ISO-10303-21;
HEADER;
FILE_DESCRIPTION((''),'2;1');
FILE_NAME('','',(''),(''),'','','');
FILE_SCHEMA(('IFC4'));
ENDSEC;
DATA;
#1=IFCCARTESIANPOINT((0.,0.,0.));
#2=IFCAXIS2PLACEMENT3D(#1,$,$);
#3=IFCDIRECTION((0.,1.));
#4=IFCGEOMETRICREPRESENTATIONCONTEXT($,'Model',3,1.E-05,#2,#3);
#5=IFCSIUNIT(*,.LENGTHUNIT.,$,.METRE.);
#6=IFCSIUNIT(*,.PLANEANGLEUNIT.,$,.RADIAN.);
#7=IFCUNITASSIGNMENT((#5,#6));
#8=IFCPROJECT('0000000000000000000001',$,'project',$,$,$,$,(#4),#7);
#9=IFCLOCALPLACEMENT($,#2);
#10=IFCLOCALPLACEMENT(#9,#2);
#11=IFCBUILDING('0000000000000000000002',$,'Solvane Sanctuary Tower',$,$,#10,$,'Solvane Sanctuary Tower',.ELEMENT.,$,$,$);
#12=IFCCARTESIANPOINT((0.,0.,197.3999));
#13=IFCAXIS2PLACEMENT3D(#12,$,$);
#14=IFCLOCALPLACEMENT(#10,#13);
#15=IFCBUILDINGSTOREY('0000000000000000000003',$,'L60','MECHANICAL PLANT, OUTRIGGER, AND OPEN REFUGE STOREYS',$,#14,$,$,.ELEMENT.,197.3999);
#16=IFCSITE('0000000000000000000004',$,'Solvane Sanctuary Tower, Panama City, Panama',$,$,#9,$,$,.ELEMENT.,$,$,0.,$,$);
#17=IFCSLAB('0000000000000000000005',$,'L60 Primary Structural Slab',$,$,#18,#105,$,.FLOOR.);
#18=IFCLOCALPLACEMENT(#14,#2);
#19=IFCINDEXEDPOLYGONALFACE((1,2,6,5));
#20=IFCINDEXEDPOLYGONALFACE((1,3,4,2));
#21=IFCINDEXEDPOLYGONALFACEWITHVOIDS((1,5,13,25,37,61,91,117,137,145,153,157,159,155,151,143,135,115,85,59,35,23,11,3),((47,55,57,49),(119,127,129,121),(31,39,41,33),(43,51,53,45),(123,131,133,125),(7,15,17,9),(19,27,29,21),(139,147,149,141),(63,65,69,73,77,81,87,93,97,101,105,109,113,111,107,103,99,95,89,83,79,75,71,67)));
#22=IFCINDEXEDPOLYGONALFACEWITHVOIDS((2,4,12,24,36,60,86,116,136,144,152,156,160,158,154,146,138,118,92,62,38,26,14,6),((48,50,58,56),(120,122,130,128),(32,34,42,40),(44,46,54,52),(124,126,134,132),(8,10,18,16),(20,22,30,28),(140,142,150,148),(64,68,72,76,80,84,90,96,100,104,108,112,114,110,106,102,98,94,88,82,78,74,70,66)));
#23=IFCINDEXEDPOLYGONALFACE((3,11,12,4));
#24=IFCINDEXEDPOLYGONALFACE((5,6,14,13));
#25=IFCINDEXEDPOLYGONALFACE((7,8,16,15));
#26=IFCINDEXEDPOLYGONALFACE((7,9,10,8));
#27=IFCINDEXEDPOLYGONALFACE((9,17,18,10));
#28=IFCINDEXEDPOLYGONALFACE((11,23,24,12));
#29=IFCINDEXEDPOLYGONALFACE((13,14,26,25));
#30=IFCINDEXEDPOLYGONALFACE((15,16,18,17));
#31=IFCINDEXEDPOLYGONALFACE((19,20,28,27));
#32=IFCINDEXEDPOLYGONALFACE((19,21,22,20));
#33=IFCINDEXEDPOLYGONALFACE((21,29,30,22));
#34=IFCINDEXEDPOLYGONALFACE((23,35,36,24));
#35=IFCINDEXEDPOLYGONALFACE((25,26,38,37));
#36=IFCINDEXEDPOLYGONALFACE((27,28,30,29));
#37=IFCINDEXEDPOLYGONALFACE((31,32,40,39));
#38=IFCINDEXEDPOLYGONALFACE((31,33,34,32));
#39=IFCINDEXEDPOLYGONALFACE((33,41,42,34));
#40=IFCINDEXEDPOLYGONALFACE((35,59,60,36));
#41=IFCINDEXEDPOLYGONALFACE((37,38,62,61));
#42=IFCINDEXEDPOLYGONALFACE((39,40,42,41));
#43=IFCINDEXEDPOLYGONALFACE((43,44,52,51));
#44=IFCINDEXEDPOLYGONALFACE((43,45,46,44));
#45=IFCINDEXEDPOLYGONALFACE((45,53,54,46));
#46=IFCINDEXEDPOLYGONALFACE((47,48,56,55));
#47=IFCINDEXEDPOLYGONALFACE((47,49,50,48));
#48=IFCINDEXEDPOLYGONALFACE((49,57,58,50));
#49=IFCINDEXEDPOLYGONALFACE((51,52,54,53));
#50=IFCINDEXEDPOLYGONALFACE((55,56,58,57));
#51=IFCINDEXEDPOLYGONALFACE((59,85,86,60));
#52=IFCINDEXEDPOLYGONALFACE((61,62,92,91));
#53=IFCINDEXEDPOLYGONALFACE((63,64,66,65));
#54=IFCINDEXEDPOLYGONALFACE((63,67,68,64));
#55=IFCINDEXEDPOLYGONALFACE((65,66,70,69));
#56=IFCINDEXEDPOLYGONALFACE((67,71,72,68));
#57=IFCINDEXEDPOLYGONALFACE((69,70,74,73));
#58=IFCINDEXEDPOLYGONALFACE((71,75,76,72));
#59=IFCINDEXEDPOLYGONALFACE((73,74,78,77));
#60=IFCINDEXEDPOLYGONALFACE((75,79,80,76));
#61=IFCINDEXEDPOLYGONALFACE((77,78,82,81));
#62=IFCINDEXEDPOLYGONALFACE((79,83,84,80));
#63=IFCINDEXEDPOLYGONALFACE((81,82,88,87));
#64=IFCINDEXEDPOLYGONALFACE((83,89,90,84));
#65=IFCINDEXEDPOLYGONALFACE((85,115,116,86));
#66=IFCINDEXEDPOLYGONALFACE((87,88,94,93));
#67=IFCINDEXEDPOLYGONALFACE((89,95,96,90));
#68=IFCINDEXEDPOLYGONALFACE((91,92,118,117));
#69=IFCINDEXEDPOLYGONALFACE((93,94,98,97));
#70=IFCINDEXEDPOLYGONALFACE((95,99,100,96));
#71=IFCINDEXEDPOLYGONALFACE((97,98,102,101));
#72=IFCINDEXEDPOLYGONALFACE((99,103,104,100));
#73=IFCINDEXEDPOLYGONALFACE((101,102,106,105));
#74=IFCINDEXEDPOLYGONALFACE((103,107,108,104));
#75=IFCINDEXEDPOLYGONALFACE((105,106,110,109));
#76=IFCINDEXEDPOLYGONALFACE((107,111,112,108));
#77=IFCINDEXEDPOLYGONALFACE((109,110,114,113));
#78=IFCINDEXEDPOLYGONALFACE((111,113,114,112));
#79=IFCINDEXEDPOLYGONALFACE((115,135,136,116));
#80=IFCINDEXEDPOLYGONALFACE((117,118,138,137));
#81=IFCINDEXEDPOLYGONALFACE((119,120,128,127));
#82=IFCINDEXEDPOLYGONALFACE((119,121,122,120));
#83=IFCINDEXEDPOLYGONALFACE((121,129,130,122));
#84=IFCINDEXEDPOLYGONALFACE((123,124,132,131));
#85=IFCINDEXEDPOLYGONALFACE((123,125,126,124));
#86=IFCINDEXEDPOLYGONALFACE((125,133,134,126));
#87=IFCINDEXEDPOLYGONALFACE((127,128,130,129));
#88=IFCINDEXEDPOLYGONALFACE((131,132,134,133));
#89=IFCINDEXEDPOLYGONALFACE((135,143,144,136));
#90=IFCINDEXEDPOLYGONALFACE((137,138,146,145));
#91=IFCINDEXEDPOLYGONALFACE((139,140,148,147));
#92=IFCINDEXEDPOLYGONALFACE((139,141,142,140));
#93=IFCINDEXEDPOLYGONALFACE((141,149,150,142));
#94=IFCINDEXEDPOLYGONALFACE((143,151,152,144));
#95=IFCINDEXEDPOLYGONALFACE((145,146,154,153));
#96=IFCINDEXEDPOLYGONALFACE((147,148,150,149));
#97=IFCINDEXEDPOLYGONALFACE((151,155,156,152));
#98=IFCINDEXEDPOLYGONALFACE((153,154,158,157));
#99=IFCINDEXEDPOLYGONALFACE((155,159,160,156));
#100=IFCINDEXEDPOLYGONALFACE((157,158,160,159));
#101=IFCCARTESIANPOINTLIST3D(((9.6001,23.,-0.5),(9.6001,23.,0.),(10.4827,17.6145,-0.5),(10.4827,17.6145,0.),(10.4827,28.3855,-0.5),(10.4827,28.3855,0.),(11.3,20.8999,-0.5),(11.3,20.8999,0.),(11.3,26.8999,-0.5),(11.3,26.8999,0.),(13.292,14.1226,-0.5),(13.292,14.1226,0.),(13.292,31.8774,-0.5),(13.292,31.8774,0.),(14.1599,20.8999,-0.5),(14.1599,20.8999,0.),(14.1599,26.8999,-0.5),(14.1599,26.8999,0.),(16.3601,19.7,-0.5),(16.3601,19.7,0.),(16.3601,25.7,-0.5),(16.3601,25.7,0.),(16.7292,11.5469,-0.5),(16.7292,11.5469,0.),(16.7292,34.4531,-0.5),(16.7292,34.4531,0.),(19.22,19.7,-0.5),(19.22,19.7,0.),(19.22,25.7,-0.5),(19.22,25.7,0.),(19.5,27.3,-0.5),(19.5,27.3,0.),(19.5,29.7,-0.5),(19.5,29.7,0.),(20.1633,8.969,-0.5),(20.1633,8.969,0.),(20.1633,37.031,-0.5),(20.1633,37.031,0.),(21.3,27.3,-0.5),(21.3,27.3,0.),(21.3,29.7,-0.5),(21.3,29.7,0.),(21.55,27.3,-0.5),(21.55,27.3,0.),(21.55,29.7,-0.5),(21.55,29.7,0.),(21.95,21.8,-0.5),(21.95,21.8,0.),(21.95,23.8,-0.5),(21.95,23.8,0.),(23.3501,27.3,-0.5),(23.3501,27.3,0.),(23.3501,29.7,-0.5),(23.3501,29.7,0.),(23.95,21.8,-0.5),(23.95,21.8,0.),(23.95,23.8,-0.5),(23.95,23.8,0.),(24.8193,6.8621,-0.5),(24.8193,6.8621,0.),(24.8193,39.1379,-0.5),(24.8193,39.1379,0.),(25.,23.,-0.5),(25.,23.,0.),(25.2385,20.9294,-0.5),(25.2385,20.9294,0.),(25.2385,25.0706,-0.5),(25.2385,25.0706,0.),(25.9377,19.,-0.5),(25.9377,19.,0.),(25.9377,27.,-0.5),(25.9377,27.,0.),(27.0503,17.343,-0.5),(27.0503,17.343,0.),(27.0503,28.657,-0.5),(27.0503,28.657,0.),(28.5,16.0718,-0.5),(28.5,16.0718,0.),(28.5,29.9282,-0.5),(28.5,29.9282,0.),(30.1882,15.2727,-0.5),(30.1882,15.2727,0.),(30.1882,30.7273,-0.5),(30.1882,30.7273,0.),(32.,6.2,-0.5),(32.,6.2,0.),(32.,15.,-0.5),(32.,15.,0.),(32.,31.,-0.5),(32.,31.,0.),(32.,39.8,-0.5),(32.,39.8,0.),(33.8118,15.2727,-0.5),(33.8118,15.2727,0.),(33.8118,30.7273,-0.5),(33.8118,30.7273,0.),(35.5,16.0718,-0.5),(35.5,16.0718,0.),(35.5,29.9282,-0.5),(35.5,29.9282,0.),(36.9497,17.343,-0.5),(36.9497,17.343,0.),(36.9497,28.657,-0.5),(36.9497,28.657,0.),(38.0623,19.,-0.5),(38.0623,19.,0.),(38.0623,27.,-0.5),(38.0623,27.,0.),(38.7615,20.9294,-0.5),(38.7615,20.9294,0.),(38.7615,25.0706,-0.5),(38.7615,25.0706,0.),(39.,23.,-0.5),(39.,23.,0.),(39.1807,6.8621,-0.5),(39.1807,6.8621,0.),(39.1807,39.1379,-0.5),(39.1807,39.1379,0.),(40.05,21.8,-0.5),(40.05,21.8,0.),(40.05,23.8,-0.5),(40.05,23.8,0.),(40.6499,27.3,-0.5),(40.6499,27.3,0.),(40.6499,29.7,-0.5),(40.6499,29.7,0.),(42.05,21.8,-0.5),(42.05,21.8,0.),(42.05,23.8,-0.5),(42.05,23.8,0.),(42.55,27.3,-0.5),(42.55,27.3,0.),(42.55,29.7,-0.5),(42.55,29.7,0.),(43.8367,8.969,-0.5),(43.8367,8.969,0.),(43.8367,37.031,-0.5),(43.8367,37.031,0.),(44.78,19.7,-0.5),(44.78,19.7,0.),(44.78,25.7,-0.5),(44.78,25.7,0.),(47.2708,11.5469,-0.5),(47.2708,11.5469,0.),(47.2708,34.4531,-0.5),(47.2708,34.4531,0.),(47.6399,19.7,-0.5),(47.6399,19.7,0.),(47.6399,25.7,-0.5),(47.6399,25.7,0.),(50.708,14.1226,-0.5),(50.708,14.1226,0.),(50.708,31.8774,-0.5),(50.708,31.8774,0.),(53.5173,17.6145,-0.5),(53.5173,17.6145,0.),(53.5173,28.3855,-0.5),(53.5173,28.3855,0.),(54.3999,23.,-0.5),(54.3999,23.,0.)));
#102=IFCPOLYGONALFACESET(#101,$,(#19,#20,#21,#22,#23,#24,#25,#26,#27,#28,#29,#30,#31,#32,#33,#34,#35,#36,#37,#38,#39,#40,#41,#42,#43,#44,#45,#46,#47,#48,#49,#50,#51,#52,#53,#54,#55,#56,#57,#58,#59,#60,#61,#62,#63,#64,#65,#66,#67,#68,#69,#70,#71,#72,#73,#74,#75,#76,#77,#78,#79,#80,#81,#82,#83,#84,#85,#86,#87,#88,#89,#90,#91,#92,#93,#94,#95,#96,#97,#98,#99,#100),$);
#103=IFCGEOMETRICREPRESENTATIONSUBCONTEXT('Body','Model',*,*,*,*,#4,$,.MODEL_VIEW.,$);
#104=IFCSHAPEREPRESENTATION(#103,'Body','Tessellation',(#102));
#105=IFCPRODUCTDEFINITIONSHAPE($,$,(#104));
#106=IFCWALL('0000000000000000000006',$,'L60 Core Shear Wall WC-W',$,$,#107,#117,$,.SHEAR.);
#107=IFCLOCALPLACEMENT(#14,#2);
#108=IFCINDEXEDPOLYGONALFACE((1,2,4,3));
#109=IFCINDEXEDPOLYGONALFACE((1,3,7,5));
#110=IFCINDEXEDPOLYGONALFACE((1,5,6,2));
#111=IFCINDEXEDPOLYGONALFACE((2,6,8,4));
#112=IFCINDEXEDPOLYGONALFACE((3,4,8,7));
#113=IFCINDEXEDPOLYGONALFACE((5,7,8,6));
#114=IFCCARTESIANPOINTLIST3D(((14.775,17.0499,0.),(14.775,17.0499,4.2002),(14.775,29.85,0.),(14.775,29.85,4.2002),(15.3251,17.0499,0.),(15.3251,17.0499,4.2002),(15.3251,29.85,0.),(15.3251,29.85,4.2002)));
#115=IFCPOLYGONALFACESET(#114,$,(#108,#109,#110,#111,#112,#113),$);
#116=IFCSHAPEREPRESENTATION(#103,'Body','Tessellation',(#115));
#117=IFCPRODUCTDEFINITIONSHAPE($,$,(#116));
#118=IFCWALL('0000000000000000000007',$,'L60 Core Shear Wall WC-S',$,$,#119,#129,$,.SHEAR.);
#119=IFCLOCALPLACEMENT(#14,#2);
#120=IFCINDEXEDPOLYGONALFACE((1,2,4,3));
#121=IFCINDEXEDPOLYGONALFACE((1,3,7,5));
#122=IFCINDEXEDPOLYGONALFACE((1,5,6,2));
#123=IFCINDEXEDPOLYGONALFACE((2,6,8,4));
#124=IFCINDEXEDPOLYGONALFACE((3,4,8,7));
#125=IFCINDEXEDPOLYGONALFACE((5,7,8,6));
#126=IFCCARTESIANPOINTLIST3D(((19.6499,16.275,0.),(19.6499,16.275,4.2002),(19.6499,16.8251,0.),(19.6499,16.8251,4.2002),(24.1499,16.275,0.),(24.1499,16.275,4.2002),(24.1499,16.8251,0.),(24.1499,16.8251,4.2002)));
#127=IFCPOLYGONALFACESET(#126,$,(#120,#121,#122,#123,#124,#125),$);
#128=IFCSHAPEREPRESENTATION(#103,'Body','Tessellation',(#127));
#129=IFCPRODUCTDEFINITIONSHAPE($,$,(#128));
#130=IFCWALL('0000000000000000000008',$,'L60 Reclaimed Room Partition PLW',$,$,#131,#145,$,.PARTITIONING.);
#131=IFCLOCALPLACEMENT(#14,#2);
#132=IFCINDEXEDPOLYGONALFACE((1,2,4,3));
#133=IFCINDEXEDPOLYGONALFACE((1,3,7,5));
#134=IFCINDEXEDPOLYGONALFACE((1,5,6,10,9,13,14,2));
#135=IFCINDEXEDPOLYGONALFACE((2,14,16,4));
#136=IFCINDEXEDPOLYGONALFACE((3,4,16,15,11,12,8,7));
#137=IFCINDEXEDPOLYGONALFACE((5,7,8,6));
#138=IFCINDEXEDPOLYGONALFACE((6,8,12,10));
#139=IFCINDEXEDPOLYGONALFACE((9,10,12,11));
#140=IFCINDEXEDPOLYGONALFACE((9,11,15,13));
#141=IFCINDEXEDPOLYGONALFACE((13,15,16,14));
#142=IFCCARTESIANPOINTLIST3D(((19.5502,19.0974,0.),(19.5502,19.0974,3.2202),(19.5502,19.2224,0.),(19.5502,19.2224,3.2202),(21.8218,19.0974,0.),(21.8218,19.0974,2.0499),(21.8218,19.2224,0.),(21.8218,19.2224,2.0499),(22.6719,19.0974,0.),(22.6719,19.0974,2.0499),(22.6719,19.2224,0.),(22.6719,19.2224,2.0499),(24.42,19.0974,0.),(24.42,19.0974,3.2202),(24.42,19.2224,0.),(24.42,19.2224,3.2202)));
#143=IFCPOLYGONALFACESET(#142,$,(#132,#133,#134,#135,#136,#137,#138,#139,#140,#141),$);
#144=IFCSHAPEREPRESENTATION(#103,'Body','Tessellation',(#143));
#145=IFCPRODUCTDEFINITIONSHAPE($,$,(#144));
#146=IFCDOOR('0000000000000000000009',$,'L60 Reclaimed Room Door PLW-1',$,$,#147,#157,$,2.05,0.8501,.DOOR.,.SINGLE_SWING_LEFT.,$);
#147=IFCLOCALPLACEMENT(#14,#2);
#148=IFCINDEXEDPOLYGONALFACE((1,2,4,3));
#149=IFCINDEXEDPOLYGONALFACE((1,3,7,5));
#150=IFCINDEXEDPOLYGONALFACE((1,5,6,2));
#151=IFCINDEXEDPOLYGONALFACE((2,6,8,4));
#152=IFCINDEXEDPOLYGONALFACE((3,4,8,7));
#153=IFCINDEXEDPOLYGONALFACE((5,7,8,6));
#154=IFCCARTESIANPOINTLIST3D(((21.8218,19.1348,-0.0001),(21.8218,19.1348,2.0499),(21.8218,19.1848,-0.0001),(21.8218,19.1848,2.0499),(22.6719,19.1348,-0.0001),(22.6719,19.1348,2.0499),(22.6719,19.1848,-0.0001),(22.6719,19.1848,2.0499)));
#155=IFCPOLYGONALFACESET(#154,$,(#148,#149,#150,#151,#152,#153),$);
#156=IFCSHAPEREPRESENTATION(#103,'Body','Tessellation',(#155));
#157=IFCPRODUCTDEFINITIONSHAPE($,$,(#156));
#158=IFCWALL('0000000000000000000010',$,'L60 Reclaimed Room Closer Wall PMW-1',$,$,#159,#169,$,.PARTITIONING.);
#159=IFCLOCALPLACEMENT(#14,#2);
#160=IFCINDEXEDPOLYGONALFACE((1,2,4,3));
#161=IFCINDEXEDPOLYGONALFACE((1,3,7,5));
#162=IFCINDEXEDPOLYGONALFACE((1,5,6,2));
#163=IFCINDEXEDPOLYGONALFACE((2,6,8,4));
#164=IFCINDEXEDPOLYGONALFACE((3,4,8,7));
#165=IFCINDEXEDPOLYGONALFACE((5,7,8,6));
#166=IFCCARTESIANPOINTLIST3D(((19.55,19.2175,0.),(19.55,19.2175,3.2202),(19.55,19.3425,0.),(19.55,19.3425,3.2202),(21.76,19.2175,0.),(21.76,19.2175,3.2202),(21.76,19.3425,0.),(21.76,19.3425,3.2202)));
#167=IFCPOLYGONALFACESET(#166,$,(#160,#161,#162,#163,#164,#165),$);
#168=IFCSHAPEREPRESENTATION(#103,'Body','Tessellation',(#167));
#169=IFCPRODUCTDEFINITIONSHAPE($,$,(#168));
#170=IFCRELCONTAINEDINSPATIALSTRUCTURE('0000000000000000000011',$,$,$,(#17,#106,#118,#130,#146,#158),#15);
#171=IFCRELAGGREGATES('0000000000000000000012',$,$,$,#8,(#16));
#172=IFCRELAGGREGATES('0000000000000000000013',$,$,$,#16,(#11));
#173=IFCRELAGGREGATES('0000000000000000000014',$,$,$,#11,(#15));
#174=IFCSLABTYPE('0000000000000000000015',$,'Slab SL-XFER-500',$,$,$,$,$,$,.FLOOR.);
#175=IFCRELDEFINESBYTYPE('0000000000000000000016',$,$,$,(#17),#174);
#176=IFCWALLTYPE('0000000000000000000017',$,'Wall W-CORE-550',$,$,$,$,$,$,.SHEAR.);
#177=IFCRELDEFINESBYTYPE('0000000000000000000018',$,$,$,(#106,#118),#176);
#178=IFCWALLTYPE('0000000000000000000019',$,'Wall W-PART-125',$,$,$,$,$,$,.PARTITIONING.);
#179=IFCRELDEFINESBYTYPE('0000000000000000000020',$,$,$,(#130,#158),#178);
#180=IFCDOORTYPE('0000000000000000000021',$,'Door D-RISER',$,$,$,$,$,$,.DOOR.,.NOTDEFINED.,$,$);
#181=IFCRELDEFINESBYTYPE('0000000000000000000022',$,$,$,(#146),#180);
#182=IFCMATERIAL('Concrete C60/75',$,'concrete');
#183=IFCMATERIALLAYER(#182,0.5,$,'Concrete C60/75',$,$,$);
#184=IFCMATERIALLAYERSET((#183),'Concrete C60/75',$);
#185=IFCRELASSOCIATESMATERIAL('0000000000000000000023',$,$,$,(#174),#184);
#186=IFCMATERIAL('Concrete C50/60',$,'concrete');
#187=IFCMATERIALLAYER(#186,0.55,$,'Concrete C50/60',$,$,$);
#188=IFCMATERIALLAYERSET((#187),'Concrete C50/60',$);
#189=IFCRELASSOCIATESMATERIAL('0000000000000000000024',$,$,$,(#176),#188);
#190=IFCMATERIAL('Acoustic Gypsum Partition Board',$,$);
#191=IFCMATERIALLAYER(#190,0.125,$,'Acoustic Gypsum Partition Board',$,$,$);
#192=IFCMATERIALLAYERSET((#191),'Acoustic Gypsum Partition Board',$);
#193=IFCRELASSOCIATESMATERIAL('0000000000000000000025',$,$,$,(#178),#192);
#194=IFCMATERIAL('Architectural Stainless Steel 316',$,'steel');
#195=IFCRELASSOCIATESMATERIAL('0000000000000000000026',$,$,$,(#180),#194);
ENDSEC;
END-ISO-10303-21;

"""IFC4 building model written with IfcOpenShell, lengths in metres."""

from ifc_helpers import new_model, si_unit, direction, frame, frame_2d, origin, place, context, subcontext, project, spatial, polyline, rectangle, outline, extrude, material, layer, layer_set, type_object, element, fill, save


model = new_model("IFC4")

# Units and contexts
model_context = context("Model", 3, precision=1e-05, world=origin(), true_north=direction((0.0, 1.0)))
body_context = subcontext(model_context, "Body", "Model", "MODEL_VIEW")
ifc_project = project(units=[si_unit("LENGTHUNIT", "METRE"), si_unit("PLANEANGLEUNIT", "RADIAN")], contexts=[model_context])

# Site, building, storey
site_placement = place(None, origin())
site = spatial("IfcSite", under=ifc_project, at=site_placement, Name="Solvane Sanctuary Tower, Panama City, Panama", CompositionType="ELEMENT", RefElevation=0.0)
building_placement = place(site_placement, origin())
building = spatial("IfcBuilding", under=site, at=building_placement, Name="Solvane Sanctuary Tower", LongName="Solvane Sanctuary Tower", CompositionType="ELEMENT")
storey_placement = place(building_placement, frame((0.0, 0.0, 197.3999)))
storey = spatial("IfcBuildingStorey", under=building, at=storey_placement, Name="L60", Description="MECHANICAL PLANT, OUTRIGGER, AND OPEN REFUGE STOREYS", CompositionType="ELEMENT", Elevation=197.3999)

# Shared definitions
ifc_material_1 = material(Name="Concrete C50/60", Category="concrete")

# Slab
ifc_material_2 = material(Name="Concrete C60/75", Category="concrete")
ifc_layer_1 = layer(ifc_material_2, 0.5, Name="Concrete C60/75")
ifc_layer_set_1 = layer_set([ifc_layer_1], Name="Concrete C60/75")
slab_type_1 = type_object("IfcSlabType", Name="Slab SL-XFER-500", PredefinedType="FLOOR", material=ifc_layer_set_1)
slab_1_placement = place(storey_placement, frame((0.0, 0.0, -0.5)))
element("IfcSlab", 1, at=slab_1_placement, inside=storey, type_object=slab_type_1, Name="L60 Primary Structural Slab", PredefinedType="FLOOR", context=body_context, shape_type="SweptSolid", body=[
    extrude(outline(polyline([(54.3999, 23.0), (53.5173, 28.3855), (50.708, 31.8774), (47.2708, 34.4531), (43.8367, 37.031), (39.1807, 39.1379), (32.0, 39.8), (24.8193, 39.1379), (20.1633, 37.031), (16.7292, 34.4531), (13.292, 31.8774), (10.4827, 28.3855), (9.6001, 23.0), (10.4827, 17.6145), (13.292, 14.1226), (16.7292, 11.5469), (20.1633, 8.969), (24.8193, 6.8621), (32.0, 6.2), (39.1807, 6.8621), (43.8367, 8.969), (47.2708, 11.5469), (50.708, 14.1226), (53.5173, 17.6145), (54.3999, 23.0)]), holes=[polyline([(38.7615, 20.9294), (38.0623, 19.0), (36.9497, 17.343), (35.5, 16.0718), (33.8118, 15.2727), (32.0, 15.0), (30.1882, 15.2727), (28.5, 16.0718), (27.0503, 17.343), (25.9377, 19.0), (25.2385, 20.9294), (25.0, 23.0), (25.2385, 25.0706), (25.9377, 27.0), (27.0503, 28.657), (28.5, 29.9282), (30.1882, 30.7273), (32.0, 31.0), (33.8118, 30.7273), (35.5, 29.9282), (36.9497, 28.657), (38.0623, 27.0), (38.7615, 25.0706), (39.0, 23.0), (38.7615, 20.9294)]), polyline([(16.3601, 19.7), (16.3601, 25.7), (19.22, 25.7), (19.22, 19.7), (16.3601, 19.7)]), polyline([(44.78, 19.7), (44.78, 25.7), (47.6399, 25.7), (47.6399, 19.7), (44.78, 19.7)]), polyline([(11.3, 20.8999), (11.3, 26.8999), (14.1599, 26.8999), (14.1599, 20.8999), (11.3, 20.8999)]), polyline([(21.95, 23.8), (23.95, 23.8), (23.95, 21.8), (21.95, 21.8), (21.95, 23.8)]), polyline([(40.05, 23.8), (42.05, 23.8), (42.05, 21.8), (40.05, 21.8), (40.05, 23.8)]), polyline([(19.5, 29.7), (21.3, 29.7), (21.3, 27.3), (19.5, 27.3), (19.5, 29.7)]), polyline([(21.55, 29.7), (23.3501, 29.7), (23.3501, 27.3), (21.55, 27.3), (21.55, 29.7)]), polyline([(40.6499, 29.7), (42.55, 29.7), (42.55, 27.3), (40.6499, 27.3), (40.6499, 29.7)])]), origin(), (0.0, 0.0, 1.0), 0.5),
])

# Walls
ifc_layer_2 = layer(ifc_material_1, 0.55, Name="Concrete C50/60")
ifc_layer_set_2 = layer_set([ifc_layer_2], Name="Concrete C50/60")
wall_type_1 = type_object("IfcWallType", Name="Wall W-CORE-550", PredefinedType="SHEAR", material=ifc_layer_set_2)
wall_1_placement = place(storey_placement, frame((15.05, 17.05, 0.0), z_axis=(0.0, 0.0, 1.0), x_axis=(0.0, 1.0, 0.0)))
element("IfcWall", 2, at=wall_1_placement, inside=storey, type_object=wall_type_1, Name="L60 Core Shear Wall WC-W", PredefinedType="SHEAR", context=body_context, shape_type="SweptSolid", body=[
    extrude(rectangle(XDim=12.8, YDim=0.55, at=frame_2d((6.3999, 0.0))), origin(), (0.0, 0.0, 1.0), 4.2002),
])
wall_2_placement = place(storey_placement, frame((19.6499, 16.55, 0.0), z_axis=(0.0, 0.0, 1.0), x_axis=(1.0, 0.0, 0.0)))
element("IfcWall", 3, at=wall_2_placement, inside=storey, type_object=wall_type_1, Name="L60 Core Shear Wall WC-S", PredefinedType="SHEAR", context=body_context, shape_type="SweptSolid", body=[
    extrude(rectangle(XDim=4.5, YDim=0.55, at=frame_2d((2.25, 0.0))), origin(), (0.0, 0.0, 1.0), 4.2002),
])

# Wall, opening, door
ifc_material_3 = material(Name="Acoustic Gypsum Partition Board")
ifc_layer_3 = layer(ifc_material_3, 0.125, Name="Acoustic Gypsum Partition Board")
ifc_layer_set_3 = layer_set([ifc_layer_3], Name="Acoustic Gypsum Partition Board")
wall_type_2 = type_object("IfcWallType", Name="Wall W-PART-125", PredefinedType="PARTITIONING", material=ifc_layer_set_3)
wall_3_placement = place(storey_placement, frame((19.55, 19.1599, 0.0), z_axis=(0.0, 0.0, 1.0), x_axis=(1.0, 0.0, 0.0)))
wall_3 = element("IfcWall", 4, at=wall_3_placement, inside=storey, type_object=wall_type_2, Name="L60 Reclaimed Room Partition PLW", PredefinedType="PARTITIONING", context=body_context, shape_type="SweptSolid", body=[
    extrude(rectangle(XDim=4.8699, YDim=0.125, at=frame_2d((2.4351, 0.0))), origin(), (0.0, 0.0, 1.0), 3.2202),
])
opening_1_placement = place(wall_3_placement, frame((2.2717, 0.0, 0.0)))
opening_1 = element("IfcOpeningElement", 5, at=opening_1_placement, cuts=wall_3, PredefinedType="OPENING", context=body_context, shape_type="SweptSolid", body=[
    extrude(rectangle(XDim=0.8501, YDim=2.05, at=frame_2d((0.425, 1.0249))), frame((0.0, 0.0725, 0.0), z_axis=(0.0, -1.0, 0.0), x_axis=(1.0, 0.0, 0.0)), (0.0, 0.0, 1.0), 0.145),
])
ifc_material_4 = material(Name="Architectural Stainless Steel 316", Category="steel")
door_type_1 = type_object("IfcDoorType", Name="Door D-RISER", OperationType="NOTDEFINED", PredefinedType="DOOR", material=ifc_material_4)
door_1_placement = place(opening_1_placement, origin())
door_1 = element("IfcDoor", 6, at=door_1_placement, inside=storey, type_object=door_type_1, Name="L60 Reclaimed Room Door PLW-1", OperationType="SINGLE_SWING_LEFT", OverallHeight=2.05, OverallWidth=0.8501, PredefinedType="DOOR", context=body_context, shape_type="SweptSolid", body=[
    extrude(rectangle(XDim=0.8501, YDim=2.05, at=frame_2d((0.425, 1.0249))), frame((0.0, 0.0249, 0.0), z_axis=(0.0, -1.0, 0.0), x_axis=(1.0, 0.0, 0.0)), (0.0, 0.0, 1.0), 0.05),
])
fill(opening_1, door_1)

# Wall
wall_4_placement = place(storey_placement, frame((19.55, 19.28, 0.0), z_axis=(0.0, 0.0, 1.0), x_axis=(1.0, 0.0, 0.0)))
element("IfcWall", 7, at=wall_4_placement, inside=storey, type_object=wall_type_2, Name="L60 Reclaimed Room Closer Wall PMW-1", PredefinedType="PARTITIONING", context=body_context, shape_type="SweptSolid", body=[
    extrude(rectangle(XDim=2.21, YDim=0.125, at=frame_2d((1.105, 0.0))), origin(), (0.0, 0.0, 1.0), 3.2202),
])

save(model, "model.ifc")
